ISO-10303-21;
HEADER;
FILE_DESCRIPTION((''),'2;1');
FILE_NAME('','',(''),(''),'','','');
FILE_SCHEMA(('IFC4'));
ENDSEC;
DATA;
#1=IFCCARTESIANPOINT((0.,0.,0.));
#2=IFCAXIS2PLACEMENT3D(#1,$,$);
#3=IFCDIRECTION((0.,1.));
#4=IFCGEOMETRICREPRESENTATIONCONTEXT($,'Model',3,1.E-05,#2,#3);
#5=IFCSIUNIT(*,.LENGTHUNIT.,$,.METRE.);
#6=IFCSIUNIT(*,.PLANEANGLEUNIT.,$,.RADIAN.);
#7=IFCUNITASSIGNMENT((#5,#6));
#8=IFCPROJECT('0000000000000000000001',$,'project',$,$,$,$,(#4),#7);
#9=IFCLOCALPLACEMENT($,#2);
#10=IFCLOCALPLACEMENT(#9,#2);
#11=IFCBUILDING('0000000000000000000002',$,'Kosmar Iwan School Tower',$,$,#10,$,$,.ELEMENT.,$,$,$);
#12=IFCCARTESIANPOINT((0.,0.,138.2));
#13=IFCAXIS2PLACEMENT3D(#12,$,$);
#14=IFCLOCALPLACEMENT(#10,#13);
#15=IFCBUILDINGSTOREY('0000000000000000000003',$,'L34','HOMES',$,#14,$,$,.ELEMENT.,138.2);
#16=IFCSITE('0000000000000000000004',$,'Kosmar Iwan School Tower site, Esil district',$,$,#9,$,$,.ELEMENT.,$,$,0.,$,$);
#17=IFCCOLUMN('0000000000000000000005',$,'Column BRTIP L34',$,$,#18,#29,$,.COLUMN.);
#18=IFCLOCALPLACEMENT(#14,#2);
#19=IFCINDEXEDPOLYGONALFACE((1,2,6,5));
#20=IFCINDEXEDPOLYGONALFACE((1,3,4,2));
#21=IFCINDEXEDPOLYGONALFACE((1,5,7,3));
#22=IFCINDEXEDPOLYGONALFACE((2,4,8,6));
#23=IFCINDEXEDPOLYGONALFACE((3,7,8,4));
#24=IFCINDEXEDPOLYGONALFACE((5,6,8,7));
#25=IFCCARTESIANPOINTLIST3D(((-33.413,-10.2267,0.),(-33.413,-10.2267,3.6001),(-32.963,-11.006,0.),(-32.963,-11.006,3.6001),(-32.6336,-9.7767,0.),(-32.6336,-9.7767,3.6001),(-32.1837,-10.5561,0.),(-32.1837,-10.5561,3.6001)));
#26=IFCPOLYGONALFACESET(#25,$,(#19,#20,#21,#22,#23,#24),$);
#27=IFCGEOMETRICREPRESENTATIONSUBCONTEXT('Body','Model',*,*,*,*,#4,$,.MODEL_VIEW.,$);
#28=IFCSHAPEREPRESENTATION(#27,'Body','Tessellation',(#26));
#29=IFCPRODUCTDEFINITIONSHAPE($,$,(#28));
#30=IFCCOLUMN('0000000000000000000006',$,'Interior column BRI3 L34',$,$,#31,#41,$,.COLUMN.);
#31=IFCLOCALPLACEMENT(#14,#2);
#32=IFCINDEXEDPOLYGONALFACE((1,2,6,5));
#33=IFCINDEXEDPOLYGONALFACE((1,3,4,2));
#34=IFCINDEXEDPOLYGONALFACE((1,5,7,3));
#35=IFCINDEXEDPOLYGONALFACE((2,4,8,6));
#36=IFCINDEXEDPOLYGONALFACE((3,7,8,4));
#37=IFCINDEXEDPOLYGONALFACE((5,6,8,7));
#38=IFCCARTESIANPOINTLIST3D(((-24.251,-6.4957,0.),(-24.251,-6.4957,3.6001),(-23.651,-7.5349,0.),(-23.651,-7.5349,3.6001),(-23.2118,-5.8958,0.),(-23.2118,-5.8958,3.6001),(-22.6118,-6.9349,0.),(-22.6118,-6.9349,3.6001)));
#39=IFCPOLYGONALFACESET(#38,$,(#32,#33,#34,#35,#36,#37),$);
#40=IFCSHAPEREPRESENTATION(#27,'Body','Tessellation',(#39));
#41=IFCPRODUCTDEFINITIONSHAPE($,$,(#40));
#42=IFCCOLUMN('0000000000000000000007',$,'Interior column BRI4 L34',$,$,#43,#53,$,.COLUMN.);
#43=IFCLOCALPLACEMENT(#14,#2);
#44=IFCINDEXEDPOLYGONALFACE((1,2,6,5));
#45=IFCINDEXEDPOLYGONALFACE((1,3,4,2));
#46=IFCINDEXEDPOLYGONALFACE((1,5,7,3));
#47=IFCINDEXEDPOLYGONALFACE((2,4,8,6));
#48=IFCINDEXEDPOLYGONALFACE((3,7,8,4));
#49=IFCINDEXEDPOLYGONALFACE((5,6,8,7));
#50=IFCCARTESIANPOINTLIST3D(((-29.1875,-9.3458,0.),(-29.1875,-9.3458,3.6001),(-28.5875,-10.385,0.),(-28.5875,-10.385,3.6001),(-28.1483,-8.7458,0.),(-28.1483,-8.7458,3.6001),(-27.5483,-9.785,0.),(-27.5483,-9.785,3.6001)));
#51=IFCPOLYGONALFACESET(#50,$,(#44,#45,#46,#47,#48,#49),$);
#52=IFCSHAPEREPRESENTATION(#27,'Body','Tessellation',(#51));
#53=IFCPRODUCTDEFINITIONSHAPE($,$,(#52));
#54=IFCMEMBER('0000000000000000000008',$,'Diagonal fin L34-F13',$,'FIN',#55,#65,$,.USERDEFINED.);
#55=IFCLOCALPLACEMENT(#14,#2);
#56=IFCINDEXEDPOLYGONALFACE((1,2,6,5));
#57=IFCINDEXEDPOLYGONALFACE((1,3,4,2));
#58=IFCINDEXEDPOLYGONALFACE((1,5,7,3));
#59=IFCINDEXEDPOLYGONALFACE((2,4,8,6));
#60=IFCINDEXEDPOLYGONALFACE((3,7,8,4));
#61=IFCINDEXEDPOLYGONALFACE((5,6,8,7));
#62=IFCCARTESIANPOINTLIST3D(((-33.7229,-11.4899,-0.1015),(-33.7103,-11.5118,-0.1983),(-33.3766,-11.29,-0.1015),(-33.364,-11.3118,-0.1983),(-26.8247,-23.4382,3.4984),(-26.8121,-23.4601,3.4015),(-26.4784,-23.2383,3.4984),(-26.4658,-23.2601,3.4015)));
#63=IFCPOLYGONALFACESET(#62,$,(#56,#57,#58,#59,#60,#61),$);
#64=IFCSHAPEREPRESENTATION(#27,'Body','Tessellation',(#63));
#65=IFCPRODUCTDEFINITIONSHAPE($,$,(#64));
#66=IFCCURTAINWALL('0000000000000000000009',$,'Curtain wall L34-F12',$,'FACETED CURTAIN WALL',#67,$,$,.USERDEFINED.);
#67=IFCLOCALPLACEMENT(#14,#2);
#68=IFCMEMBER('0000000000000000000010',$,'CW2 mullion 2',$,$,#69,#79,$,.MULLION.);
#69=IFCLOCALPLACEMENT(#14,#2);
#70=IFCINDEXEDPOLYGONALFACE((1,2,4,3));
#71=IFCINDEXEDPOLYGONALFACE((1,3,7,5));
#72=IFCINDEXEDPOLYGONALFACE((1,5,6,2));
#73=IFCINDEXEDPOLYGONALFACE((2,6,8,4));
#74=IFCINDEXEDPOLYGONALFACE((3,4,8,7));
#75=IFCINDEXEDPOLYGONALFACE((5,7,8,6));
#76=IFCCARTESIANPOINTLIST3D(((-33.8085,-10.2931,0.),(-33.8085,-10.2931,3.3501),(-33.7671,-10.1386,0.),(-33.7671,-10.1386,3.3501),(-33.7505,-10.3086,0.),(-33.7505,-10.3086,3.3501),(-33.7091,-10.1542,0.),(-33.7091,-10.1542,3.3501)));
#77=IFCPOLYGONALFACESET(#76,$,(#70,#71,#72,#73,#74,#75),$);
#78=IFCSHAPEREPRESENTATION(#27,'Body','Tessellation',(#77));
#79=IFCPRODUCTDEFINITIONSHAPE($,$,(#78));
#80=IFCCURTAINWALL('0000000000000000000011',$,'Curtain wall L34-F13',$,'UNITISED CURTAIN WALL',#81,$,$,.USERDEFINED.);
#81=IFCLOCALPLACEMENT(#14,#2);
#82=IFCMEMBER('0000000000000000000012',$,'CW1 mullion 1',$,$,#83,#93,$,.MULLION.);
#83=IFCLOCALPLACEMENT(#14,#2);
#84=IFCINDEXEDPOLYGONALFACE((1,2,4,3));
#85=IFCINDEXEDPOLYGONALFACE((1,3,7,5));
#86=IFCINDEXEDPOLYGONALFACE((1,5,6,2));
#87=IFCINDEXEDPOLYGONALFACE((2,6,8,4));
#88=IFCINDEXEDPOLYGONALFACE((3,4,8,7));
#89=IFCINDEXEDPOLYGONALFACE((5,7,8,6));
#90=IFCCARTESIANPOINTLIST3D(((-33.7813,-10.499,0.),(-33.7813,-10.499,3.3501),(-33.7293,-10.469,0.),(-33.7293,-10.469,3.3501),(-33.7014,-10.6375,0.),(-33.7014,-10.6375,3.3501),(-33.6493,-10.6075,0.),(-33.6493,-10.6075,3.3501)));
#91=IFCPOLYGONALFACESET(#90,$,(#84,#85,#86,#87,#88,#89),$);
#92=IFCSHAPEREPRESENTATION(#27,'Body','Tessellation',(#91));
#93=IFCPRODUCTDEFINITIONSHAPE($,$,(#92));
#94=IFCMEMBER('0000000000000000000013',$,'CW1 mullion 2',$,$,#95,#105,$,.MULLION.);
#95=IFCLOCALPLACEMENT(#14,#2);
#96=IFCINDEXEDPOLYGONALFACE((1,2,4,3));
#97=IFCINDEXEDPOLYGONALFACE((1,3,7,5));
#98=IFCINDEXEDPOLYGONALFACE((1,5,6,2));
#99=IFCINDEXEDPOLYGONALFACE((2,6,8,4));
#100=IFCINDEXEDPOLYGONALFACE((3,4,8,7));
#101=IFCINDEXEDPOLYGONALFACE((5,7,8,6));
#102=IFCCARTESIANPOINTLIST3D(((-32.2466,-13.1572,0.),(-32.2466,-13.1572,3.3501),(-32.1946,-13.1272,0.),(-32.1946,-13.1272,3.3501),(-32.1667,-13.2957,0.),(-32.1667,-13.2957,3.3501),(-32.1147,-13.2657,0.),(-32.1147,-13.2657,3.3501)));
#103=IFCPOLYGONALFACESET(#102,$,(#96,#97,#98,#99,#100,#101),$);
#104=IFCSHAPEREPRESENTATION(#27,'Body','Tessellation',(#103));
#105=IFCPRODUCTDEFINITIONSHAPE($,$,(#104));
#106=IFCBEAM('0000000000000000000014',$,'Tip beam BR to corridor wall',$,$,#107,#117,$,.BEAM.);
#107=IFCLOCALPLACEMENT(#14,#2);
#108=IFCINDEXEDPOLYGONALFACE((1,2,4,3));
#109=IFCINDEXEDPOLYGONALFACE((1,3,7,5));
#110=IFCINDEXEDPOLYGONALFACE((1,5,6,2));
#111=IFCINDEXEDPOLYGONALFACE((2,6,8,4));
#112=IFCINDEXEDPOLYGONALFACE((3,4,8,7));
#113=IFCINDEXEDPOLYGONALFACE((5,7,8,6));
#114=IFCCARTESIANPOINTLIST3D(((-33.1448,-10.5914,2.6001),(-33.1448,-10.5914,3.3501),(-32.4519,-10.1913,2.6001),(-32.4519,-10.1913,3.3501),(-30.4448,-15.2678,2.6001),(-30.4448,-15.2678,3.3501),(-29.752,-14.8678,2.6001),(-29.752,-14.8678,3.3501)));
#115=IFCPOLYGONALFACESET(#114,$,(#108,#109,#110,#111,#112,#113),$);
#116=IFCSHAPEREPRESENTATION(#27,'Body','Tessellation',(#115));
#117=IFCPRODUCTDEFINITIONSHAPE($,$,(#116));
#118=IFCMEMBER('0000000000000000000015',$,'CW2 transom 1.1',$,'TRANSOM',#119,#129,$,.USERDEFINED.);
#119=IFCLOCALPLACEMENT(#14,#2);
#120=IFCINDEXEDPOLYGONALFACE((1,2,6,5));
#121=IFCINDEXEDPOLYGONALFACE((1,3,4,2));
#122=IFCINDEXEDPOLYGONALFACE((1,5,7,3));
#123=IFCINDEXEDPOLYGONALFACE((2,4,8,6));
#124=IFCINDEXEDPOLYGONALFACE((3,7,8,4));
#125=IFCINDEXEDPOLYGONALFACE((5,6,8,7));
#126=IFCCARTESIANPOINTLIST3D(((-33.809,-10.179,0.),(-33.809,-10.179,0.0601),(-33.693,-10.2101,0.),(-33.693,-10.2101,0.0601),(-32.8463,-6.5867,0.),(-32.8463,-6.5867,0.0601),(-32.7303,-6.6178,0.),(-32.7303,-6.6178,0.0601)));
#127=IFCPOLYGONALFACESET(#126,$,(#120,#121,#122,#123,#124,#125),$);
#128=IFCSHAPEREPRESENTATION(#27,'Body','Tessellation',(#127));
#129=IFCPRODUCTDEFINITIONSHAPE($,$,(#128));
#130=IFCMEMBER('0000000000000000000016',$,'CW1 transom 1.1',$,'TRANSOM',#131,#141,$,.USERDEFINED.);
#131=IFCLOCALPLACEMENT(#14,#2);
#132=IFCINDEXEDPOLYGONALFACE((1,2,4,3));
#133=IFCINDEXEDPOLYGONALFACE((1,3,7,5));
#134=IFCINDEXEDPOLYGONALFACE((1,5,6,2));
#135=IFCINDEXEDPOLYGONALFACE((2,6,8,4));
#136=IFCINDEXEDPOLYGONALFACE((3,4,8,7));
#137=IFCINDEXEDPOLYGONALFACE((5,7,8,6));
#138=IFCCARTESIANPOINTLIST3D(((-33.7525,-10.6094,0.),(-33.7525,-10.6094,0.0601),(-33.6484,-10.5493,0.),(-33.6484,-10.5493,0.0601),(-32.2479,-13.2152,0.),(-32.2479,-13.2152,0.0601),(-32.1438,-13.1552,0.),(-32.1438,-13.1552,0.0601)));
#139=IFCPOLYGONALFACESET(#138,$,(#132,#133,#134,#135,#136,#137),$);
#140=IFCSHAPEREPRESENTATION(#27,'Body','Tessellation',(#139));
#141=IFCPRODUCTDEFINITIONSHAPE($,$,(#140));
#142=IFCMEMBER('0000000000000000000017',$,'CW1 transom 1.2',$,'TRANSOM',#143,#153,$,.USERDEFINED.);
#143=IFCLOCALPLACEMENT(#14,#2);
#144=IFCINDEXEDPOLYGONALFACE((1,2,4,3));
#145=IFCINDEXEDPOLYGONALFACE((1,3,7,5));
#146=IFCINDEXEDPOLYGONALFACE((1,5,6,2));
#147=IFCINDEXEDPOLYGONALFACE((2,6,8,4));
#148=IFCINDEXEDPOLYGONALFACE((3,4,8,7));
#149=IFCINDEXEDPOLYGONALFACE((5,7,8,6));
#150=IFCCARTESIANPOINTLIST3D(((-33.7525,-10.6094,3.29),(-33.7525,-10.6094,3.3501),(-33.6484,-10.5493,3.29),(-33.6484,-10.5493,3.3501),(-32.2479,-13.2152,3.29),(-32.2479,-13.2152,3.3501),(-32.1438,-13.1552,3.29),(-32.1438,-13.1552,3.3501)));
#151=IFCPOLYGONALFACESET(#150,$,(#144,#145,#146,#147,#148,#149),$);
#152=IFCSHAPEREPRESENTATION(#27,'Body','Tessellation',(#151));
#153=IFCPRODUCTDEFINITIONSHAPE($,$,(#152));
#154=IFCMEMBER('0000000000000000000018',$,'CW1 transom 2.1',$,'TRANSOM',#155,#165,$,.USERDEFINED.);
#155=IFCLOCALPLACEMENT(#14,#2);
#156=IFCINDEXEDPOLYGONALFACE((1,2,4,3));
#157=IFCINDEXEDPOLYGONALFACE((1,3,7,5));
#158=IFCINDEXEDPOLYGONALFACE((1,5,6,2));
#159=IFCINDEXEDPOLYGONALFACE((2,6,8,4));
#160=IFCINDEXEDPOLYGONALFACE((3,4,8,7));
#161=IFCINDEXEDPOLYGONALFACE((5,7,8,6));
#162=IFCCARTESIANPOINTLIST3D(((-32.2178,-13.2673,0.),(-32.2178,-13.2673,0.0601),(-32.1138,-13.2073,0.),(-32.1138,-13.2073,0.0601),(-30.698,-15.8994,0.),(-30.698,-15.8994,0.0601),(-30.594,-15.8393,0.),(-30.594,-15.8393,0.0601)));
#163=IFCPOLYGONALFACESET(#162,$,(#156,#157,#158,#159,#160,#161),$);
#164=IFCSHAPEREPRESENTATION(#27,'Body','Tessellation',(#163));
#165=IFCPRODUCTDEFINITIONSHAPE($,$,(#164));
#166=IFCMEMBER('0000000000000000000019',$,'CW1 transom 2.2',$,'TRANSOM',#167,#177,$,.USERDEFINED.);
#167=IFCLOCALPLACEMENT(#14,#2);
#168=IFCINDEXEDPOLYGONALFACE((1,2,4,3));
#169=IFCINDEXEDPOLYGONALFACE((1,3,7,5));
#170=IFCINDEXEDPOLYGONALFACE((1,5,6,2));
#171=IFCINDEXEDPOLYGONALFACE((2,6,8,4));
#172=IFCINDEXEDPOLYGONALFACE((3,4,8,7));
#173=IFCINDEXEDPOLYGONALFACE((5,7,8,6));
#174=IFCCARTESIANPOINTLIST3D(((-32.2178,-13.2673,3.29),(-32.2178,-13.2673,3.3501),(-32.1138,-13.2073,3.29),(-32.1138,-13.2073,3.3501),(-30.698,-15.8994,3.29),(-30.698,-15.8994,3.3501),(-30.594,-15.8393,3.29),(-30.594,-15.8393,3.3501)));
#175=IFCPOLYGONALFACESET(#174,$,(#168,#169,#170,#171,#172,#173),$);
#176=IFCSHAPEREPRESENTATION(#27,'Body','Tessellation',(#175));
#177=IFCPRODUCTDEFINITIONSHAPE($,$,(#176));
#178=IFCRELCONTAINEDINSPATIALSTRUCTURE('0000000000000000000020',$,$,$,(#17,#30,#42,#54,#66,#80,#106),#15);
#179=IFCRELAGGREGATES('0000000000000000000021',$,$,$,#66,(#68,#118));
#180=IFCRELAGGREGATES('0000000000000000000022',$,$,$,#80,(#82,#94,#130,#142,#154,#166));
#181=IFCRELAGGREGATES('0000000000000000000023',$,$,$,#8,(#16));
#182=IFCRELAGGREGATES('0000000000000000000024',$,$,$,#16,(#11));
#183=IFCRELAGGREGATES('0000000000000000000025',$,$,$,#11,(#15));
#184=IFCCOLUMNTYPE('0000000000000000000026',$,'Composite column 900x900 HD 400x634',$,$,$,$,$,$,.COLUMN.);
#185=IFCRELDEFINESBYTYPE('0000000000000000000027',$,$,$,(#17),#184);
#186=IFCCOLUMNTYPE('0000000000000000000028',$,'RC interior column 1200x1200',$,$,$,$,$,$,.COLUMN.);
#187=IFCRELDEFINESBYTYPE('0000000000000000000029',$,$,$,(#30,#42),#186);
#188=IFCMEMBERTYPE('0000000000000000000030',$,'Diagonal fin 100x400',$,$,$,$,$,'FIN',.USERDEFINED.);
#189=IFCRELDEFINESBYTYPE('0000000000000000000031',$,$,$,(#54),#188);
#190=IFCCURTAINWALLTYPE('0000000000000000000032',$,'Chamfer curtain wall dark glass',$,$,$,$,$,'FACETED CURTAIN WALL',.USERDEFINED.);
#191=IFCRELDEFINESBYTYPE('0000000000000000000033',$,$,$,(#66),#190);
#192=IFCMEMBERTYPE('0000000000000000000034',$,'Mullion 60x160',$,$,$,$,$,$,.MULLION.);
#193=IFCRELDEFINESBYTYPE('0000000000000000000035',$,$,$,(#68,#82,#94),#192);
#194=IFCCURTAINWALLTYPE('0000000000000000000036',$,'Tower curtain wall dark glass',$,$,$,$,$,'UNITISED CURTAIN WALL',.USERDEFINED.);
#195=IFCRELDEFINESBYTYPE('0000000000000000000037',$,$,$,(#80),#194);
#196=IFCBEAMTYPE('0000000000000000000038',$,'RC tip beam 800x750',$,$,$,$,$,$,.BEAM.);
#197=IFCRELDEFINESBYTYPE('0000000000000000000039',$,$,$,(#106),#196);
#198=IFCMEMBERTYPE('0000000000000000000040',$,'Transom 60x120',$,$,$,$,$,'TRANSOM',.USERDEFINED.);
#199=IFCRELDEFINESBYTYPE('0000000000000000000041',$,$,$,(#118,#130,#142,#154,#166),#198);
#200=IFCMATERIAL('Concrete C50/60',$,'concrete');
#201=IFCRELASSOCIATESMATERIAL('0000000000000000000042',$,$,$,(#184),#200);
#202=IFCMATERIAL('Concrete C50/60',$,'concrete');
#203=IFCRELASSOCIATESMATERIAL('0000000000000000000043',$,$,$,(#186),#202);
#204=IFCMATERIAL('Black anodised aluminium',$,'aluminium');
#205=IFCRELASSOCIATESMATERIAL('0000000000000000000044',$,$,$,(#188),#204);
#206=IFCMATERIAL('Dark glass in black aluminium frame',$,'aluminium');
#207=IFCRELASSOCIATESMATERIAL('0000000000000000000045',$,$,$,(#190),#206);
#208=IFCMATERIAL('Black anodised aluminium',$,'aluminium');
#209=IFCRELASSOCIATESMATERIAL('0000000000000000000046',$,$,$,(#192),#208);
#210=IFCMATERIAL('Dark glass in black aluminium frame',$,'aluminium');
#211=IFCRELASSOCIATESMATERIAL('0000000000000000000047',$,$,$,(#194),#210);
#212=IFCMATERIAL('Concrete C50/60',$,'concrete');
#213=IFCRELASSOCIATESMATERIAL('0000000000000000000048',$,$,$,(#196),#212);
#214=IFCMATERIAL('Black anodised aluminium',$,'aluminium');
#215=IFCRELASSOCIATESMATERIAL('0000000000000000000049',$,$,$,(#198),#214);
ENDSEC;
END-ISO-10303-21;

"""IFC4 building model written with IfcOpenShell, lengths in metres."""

from ifc_helpers import new_model, si_unit, direction, frame, origin, origin_2d, place, context, subcontext, project, spatial, rectangle, extrude, material, material_profile, profile_set, type_object, element, aggregate, save


model = new_model("IFC4")

# Units and contexts
model_context = context("Model", 3, precision=1e-05, world=origin(), true_north=direction((0.0, 1.0)))
body_context = subcontext(model_context, "Body", "Model", "MODEL_VIEW")
ifc_project = project(units=[si_unit("LENGTHUNIT", "METRE"), si_unit("PLANEANGLEUNIT", "RADIAN")], contexts=[model_context])

# Site, building, storey
site_placement = place(None, origin())
site = spatial("IfcSite", under=ifc_project, at=site_placement, Name="Kosmar Iwan School Tower site, Esil district", CompositionType="ELEMENT", RefElevation=0.0)
building_placement = place(site_placement, origin())
building = spatial("IfcBuilding", under=site, at=building_placement, Name="Kosmar Iwan School Tower", CompositionType="ELEMENT")
storey_placement = place(building_placement, frame((0.0, 0.0, 138.2)))
storey = spatial("IfcBuildingStorey", under=building, at=storey_placement, Name="L34", Description="HOMES", CompositionType="ELEMENT", Elevation=138.2)

# Columns
ifc_material_1 = material(Name="Concrete C50/60", Category="concrete")
ifc_material_profile_1 = material_profile(ifc_material_1, rectangle(XDim=0.8999, YDim=0.8999, at=origin_2d()), Name="RC 900x900 + HD 400x634")
ifc_profile_set_1 = profile_set([ifc_material_profile_1], Name="Concrete C50/60")
column_type_1 = type_object("IfcColumnType", Name="Composite column 900x900 HD 400x634", PredefinedType="COLUMN", material=ifc_profile_set_1)
column_placement = place(storey_placement, frame((-32.7983, -10.3914, 0.0), z_axis=(0.0, 0.0, 1.0), x_axis=(-0.866025, -0.5, 0.0)))
element("IfcColumn", 1, at=column_placement, inside=storey, type_object=column_type_1, Name="Column BRTIP L34", PredefinedType="COLUMN", context=body_context, shape_type="SweptSolid", body=[
    extrude(rectangle(XDim=0.8999, YDim=0.8999, at=origin_2d()), origin(), (0.0, 0.0, 1.0), 3.6001),
])
ifc_material_2 = material(Name="Concrete C50/60", Category="concrete")
ifc_material_profile_2 = material_profile(ifc_material_2, rectangle(XDim=1.2, YDim=1.2, at=origin_2d()), Name="RC 1200x1200")
ifc_profile_set_2 = profile_set([ifc_material_profile_2], Name="Concrete C50/60")
column_type_2 = type_object("IfcColumnType", Name="RC interior column 1200x1200", PredefinedType="COLUMN", material=ifc_profile_set_2)
for number, where, z_axis, x_axis, name in (
    (2, (-23.4314, -6.7153, 0.0), (0.0, 0.0, 1.0), (-0.866025, -0.5, 0.0), "Interior column BRI3 L34"),
    (3, (-28.3679, -9.5654, 0.0), (0.0, 0.0, 1.0), (-0.866025, -0.5, 0.0), "Interior column BRI4 L34"),
):
    element("IfcColumn", number, at=place(storey_placement, frame(where, z_axis=z_axis, x_axis=x_axis)), inside=storey, type_object=column_type_2, Name=name, PredefinedType="COLUMN", context=body_context, shape_type="SweptSolid", body=[
        extrude(rectangle(XDim=1.2, YDim=1.2, at=origin_2d()), origin(), (0.0, 0.0, 1.0), 3.6001),
    ])

# Member
ifc_material_3 = material(Name="Black anodised aluminium", Category="aluminium")
ifc_material_profile_3 = material_profile(ifc_material_3, rectangle(XDim=0.1001, YDim=0.3999, at=origin_2d()), Name="FIN 100x400")
ifc_profile_set_3 = profile_set([ifc_material_profile_3], Name="Black anodised aluminium")
member_type_1 = type_object("IfcMemberType", Name="Diagonal fin 100x400", ElementType="FIN", PredefinedType="USERDEFINED", material=ifc_profile_set_3)
member_1_placement = place(storey_placement, frame((-33.5435, -11.4009, -0.1499), z_axis=(0.483796, -0.837974, 0.252471), x_axis=(-0.126234, 0.218647, 0.967604)))
element("IfcMember", 4, at=member_1_placement, inside=storey, type_object=member_type_1, Name="Diagonal fin L34-F13", ObjectType="FIN", PredefinedType="USERDEFINED", context=body_context, shape_type="SweptSolid", body=[
    extrude(rectangle(XDim=0.1001, YDim=0.3999, at=origin_2d()), origin(), (0.0, 0.0, 1.0), 14.2585),
])

# Curtain wall, member
ifc_material_4 = material(Name="Dark glass in black aluminium frame", Category="aluminium")
curtain_wall_type_1 = type_object("IfcCurtainWallType", Name="Chamfer curtain wall dark glass", ElementType="FACETED CURTAIN WALL", PredefinedType="USERDEFINED", material=ifc_material_4)
curtain_wall_1_placement = place(storey_placement, origin())
curtain_wall_1 = element("IfcCurtainWall", 5, at=curtain_wall_1_placement, inside=storey, type_object=curtain_wall_type_1, Name="Curtain wall L34-F12", ObjectType="FACETED CURTAIN WALL", PredefinedType="USERDEFINED")
ifc_material_5 = material(Name="Black anodised aluminium", Category="aluminium")
ifc_material_profile_4 = material_profile(ifc_material_5, rectangle(XDim=0.0601, YDim=0.1599, at=origin_2d()), Name="MULLION 60x160")
ifc_profile_set_4 = profile_set([ifc_material_profile_4], Name="Black anodised aluminium")
member_type_2 = type_object("IfcMemberType", Name="Mullion 60x160", PredefinedType="MULLION", material=ifc_profile_set_4)
member_2_placement = place(storey_placement, frame((-33.7588, -10.2236, 0.0), z_axis=(0.0, 0.0, 1.0), x_axis=(0.965926, -0.258819, 0.0)))
member_2 = element("IfcMember", 6, at=member_2_placement, type_object=member_type_2, Name="CW2 mullion 2", PredefinedType="MULLION", context=body_context, shape_type="SweptSolid", body=[
    extrude(rectangle(XDim=0.0601, YDim=0.1599, at=origin_2d()), origin(), (0.0, 0.0, 1.0), 3.3501),
])

# Curtain wall, members
ifc_material_6 = material(Name="Dark glass in black aluminium frame", Category="aluminium")
curtain_wall_type_2 = type_object("IfcCurtainWallType", Name="Tower curtain wall dark glass", ElementType="UNITISED CURTAIN WALL", PredefinedType="USERDEFINED", material=ifc_material_6)
curtain_wall_2_placement = place(storey_placement, origin())
curtain_wall_2 = element("IfcCurtainWall", 7, at=curtain_wall_2_placement, inside=storey, type_object=curtain_wall_type_2, Name="Curtain wall L34-F13", ObjectType="UNITISED CURTAIN WALL", PredefinedType="USERDEFINED")
member_3_placement = place(storey_placement, frame((-33.7153, -10.5532, 0.0), z_axis=(0.0, 0.0, 1.0), x_axis=(0.866025, 0.5, 0.0)))
member_3 = element("IfcMember", 8, at=member_3_placement, type_object=member_type_2, Name="CW1 mullion 1", PredefinedType="MULLION", context=body_context, shape_type="SweptSolid", body=[
    extrude(rectangle(XDim=0.0601, YDim=0.1599, at=origin_2d()), origin(), (0.0, 0.0, 1.0), 3.3501),
])
member_4_placement = place(storey_placement, frame((-32.1807, -13.2114, 0.0), z_axis=(0.0, 0.0, 1.0), x_axis=(0.866025, 0.5, 0.0)))
member_4 = element("IfcMember", 9, at=member_4_placement, type_object=member_type_2, Name="CW1 mullion 2", PredefinedType="MULLION", context=body_context, shape_type="SweptSolid", body=[
    extrude(rectangle(XDim=0.0601, YDim=0.1599, at=origin_2d()), origin(), (0.0, 0.0, 1.0), 3.3501),
])

# Beam
ifc_material_7 = material(Name="Concrete C50/60", Category="concrete")
ifc_material_profile_5 = material_profile(ifc_material_7, rectangle(XDim=0.8, YDim=0.75, at=origin_2d()), Name="RC 800x750")
ifc_profile_set_5 = profile_set([ifc_material_profile_5], Name="Concrete C50/60")
beam_type = type_object("IfcBeamType", Name="RC tip beam 800x750", PredefinedType="BEAM", material=ifc_profile_set_5)
beam_placement = place(storey_placement, frame((-32.7983, -10.3914, 2.9751), z_axis=(0.499995, -0.866028, 0.0), x_axis=(0.866028, 0.499995, 0.0)))
element("IfcBeam", 10, at=beam_placement, inside=storey, type_object=beam_type, Name="Tip beam BR to corridor wall", PredefinedType="BEAM", context=body_context, shape_type="SweptSolid", body=[
    extrude(rectangle(XDim=0.8, YDim=0.75, at=origin_2d()), origin(), (0.0, 0.0, 1.0), 5.3999),
])

# Members
ifc_material_8 = material(Name="Black anodised aluminium", Category="aluminium")
ifc_material_profile_6 = material_profile(ifc_material_8, rectangle(XDim=0.1201, YDim=0.0601, at=origin_2d()), Name="TRANSOM 60x120")
ifc_profile_set_6 = profile_set([ifc_material_profile_6], Name="Black anodised aluminium")
member_type_3 = type_object("IfcMemberType", Name="Transom 60x120", ElementType="TRANSOM", PredefinedType="USERDEFINED", material=ifc_profile_set_6)
member_5_placement = place(storey_placement, frame((-32.7883, -6.6023, 0.03), z_axis=(-0.258843, -0.965919, 0.0), x_axis=(0.965919, -0.258843, 0.0)))
member_5 = element("IfcMember", 11, at=member_5_placement, type_object=member_type_3, Name="CW2 transom 1.1", ObjectType="TRANSOM", PredefinedType="USERDEFINED", context=body_context, shape_type="SweptSolid", body=[
    extrude(rectangle(XDim=0.1201, YDim=0.0601, at=origin_2d()), origin(), (0.0, 0.0, 1.0), 3.719),
])
member_6_placement = place(storey_placement, frame((-33.7004, -10.5793, 0.03), z_axis=(0.500022, -0.866013, 0.0), x_axis=(0.866013, 0.500022, 0.0)))
member_6 = element("IfcMember", 12, at=member_6_placement, type_object=member_type_3, Name="CW1 transom 1.1", ObjectType="TRANSOM", PredefinedType="USERDEFINED", context=body_context, shape_type="SweptSolid", body=[
    extrude(rectangle(XDim=0.1201, YDim=0.0601, at=origin_2d()), origin(), (0.0, 0.0, 1.0), 3.009),
])
member_7_placement = place(storey_placement, frame((-33.7004, -10.5793, 3.3201), z_axis=(0.500022, -0.866013, 0.0), x_axis=(0.866013, 0.500022, 0.0)))
member_7 = element("IfcMember", 13, at=member_7_placement, type_object=member_type_3, Name="CW1 transom 1.2", ObjectType="TRANSOM", PredefinedType="USERDEFINED", context=body_context, shape_type="SweptSolid", body=[
    extrude(rectangle(XDim=0.1201, YDim=0.0601, at=origin_2d()), origin(), (0.0, 0.0, 1.0), 3.009),
])
member_8_placement = place(storey_placement, frame((-32.1658, -13.2373, 0.03), z_axis=(0.500035, -0.866005, 0.0), x_axis=(0.866005, 0.500035, 0.0)))
member_8 = element("IfcMember", 14, at=member_8_placement, type_object=member_type_3, Name="CW1 transom 2.1", ObjectType="TRANSOM", PredefinedType="USERDEFINED", context=body_context, shape_type="SweptSolid", body=[
    extrude(rectangle(XDim=0.1201, YDim=0.0601, at=origin_2d()), origin(), (0.0, 0.0, 1.0), 3.0393),
])
member_9_placement = place(storey_placement, frame((-32.1658, -13.2373, 3.3201), z_axis=(0.500035, -0.866005, 0.0), x_axis=(0.866005, 0.500035, 0.0)))
member_9 = element("IfcMember", 15, at=member_9_placement, type_object=member_type_3, Name="CW1 transom 2.2", ObjectType="TRANSOM", PredefinedType="USERDEFINED", context=body_context, shape_type="SweptSolid", body=[
    extrude(rectangle(XDim=0.1201, YDim=0.0601, at=origin_2d()), origin(), (0.0, 0.0, 1.0), 3.0393),
])

aggregate(curtain_wall_1, [member_2, member_5])
aggregate(curtain_wall_2, [member_3, member_4, member_6, member_7, member_8, member_9])

save(model, "model.ifc")
